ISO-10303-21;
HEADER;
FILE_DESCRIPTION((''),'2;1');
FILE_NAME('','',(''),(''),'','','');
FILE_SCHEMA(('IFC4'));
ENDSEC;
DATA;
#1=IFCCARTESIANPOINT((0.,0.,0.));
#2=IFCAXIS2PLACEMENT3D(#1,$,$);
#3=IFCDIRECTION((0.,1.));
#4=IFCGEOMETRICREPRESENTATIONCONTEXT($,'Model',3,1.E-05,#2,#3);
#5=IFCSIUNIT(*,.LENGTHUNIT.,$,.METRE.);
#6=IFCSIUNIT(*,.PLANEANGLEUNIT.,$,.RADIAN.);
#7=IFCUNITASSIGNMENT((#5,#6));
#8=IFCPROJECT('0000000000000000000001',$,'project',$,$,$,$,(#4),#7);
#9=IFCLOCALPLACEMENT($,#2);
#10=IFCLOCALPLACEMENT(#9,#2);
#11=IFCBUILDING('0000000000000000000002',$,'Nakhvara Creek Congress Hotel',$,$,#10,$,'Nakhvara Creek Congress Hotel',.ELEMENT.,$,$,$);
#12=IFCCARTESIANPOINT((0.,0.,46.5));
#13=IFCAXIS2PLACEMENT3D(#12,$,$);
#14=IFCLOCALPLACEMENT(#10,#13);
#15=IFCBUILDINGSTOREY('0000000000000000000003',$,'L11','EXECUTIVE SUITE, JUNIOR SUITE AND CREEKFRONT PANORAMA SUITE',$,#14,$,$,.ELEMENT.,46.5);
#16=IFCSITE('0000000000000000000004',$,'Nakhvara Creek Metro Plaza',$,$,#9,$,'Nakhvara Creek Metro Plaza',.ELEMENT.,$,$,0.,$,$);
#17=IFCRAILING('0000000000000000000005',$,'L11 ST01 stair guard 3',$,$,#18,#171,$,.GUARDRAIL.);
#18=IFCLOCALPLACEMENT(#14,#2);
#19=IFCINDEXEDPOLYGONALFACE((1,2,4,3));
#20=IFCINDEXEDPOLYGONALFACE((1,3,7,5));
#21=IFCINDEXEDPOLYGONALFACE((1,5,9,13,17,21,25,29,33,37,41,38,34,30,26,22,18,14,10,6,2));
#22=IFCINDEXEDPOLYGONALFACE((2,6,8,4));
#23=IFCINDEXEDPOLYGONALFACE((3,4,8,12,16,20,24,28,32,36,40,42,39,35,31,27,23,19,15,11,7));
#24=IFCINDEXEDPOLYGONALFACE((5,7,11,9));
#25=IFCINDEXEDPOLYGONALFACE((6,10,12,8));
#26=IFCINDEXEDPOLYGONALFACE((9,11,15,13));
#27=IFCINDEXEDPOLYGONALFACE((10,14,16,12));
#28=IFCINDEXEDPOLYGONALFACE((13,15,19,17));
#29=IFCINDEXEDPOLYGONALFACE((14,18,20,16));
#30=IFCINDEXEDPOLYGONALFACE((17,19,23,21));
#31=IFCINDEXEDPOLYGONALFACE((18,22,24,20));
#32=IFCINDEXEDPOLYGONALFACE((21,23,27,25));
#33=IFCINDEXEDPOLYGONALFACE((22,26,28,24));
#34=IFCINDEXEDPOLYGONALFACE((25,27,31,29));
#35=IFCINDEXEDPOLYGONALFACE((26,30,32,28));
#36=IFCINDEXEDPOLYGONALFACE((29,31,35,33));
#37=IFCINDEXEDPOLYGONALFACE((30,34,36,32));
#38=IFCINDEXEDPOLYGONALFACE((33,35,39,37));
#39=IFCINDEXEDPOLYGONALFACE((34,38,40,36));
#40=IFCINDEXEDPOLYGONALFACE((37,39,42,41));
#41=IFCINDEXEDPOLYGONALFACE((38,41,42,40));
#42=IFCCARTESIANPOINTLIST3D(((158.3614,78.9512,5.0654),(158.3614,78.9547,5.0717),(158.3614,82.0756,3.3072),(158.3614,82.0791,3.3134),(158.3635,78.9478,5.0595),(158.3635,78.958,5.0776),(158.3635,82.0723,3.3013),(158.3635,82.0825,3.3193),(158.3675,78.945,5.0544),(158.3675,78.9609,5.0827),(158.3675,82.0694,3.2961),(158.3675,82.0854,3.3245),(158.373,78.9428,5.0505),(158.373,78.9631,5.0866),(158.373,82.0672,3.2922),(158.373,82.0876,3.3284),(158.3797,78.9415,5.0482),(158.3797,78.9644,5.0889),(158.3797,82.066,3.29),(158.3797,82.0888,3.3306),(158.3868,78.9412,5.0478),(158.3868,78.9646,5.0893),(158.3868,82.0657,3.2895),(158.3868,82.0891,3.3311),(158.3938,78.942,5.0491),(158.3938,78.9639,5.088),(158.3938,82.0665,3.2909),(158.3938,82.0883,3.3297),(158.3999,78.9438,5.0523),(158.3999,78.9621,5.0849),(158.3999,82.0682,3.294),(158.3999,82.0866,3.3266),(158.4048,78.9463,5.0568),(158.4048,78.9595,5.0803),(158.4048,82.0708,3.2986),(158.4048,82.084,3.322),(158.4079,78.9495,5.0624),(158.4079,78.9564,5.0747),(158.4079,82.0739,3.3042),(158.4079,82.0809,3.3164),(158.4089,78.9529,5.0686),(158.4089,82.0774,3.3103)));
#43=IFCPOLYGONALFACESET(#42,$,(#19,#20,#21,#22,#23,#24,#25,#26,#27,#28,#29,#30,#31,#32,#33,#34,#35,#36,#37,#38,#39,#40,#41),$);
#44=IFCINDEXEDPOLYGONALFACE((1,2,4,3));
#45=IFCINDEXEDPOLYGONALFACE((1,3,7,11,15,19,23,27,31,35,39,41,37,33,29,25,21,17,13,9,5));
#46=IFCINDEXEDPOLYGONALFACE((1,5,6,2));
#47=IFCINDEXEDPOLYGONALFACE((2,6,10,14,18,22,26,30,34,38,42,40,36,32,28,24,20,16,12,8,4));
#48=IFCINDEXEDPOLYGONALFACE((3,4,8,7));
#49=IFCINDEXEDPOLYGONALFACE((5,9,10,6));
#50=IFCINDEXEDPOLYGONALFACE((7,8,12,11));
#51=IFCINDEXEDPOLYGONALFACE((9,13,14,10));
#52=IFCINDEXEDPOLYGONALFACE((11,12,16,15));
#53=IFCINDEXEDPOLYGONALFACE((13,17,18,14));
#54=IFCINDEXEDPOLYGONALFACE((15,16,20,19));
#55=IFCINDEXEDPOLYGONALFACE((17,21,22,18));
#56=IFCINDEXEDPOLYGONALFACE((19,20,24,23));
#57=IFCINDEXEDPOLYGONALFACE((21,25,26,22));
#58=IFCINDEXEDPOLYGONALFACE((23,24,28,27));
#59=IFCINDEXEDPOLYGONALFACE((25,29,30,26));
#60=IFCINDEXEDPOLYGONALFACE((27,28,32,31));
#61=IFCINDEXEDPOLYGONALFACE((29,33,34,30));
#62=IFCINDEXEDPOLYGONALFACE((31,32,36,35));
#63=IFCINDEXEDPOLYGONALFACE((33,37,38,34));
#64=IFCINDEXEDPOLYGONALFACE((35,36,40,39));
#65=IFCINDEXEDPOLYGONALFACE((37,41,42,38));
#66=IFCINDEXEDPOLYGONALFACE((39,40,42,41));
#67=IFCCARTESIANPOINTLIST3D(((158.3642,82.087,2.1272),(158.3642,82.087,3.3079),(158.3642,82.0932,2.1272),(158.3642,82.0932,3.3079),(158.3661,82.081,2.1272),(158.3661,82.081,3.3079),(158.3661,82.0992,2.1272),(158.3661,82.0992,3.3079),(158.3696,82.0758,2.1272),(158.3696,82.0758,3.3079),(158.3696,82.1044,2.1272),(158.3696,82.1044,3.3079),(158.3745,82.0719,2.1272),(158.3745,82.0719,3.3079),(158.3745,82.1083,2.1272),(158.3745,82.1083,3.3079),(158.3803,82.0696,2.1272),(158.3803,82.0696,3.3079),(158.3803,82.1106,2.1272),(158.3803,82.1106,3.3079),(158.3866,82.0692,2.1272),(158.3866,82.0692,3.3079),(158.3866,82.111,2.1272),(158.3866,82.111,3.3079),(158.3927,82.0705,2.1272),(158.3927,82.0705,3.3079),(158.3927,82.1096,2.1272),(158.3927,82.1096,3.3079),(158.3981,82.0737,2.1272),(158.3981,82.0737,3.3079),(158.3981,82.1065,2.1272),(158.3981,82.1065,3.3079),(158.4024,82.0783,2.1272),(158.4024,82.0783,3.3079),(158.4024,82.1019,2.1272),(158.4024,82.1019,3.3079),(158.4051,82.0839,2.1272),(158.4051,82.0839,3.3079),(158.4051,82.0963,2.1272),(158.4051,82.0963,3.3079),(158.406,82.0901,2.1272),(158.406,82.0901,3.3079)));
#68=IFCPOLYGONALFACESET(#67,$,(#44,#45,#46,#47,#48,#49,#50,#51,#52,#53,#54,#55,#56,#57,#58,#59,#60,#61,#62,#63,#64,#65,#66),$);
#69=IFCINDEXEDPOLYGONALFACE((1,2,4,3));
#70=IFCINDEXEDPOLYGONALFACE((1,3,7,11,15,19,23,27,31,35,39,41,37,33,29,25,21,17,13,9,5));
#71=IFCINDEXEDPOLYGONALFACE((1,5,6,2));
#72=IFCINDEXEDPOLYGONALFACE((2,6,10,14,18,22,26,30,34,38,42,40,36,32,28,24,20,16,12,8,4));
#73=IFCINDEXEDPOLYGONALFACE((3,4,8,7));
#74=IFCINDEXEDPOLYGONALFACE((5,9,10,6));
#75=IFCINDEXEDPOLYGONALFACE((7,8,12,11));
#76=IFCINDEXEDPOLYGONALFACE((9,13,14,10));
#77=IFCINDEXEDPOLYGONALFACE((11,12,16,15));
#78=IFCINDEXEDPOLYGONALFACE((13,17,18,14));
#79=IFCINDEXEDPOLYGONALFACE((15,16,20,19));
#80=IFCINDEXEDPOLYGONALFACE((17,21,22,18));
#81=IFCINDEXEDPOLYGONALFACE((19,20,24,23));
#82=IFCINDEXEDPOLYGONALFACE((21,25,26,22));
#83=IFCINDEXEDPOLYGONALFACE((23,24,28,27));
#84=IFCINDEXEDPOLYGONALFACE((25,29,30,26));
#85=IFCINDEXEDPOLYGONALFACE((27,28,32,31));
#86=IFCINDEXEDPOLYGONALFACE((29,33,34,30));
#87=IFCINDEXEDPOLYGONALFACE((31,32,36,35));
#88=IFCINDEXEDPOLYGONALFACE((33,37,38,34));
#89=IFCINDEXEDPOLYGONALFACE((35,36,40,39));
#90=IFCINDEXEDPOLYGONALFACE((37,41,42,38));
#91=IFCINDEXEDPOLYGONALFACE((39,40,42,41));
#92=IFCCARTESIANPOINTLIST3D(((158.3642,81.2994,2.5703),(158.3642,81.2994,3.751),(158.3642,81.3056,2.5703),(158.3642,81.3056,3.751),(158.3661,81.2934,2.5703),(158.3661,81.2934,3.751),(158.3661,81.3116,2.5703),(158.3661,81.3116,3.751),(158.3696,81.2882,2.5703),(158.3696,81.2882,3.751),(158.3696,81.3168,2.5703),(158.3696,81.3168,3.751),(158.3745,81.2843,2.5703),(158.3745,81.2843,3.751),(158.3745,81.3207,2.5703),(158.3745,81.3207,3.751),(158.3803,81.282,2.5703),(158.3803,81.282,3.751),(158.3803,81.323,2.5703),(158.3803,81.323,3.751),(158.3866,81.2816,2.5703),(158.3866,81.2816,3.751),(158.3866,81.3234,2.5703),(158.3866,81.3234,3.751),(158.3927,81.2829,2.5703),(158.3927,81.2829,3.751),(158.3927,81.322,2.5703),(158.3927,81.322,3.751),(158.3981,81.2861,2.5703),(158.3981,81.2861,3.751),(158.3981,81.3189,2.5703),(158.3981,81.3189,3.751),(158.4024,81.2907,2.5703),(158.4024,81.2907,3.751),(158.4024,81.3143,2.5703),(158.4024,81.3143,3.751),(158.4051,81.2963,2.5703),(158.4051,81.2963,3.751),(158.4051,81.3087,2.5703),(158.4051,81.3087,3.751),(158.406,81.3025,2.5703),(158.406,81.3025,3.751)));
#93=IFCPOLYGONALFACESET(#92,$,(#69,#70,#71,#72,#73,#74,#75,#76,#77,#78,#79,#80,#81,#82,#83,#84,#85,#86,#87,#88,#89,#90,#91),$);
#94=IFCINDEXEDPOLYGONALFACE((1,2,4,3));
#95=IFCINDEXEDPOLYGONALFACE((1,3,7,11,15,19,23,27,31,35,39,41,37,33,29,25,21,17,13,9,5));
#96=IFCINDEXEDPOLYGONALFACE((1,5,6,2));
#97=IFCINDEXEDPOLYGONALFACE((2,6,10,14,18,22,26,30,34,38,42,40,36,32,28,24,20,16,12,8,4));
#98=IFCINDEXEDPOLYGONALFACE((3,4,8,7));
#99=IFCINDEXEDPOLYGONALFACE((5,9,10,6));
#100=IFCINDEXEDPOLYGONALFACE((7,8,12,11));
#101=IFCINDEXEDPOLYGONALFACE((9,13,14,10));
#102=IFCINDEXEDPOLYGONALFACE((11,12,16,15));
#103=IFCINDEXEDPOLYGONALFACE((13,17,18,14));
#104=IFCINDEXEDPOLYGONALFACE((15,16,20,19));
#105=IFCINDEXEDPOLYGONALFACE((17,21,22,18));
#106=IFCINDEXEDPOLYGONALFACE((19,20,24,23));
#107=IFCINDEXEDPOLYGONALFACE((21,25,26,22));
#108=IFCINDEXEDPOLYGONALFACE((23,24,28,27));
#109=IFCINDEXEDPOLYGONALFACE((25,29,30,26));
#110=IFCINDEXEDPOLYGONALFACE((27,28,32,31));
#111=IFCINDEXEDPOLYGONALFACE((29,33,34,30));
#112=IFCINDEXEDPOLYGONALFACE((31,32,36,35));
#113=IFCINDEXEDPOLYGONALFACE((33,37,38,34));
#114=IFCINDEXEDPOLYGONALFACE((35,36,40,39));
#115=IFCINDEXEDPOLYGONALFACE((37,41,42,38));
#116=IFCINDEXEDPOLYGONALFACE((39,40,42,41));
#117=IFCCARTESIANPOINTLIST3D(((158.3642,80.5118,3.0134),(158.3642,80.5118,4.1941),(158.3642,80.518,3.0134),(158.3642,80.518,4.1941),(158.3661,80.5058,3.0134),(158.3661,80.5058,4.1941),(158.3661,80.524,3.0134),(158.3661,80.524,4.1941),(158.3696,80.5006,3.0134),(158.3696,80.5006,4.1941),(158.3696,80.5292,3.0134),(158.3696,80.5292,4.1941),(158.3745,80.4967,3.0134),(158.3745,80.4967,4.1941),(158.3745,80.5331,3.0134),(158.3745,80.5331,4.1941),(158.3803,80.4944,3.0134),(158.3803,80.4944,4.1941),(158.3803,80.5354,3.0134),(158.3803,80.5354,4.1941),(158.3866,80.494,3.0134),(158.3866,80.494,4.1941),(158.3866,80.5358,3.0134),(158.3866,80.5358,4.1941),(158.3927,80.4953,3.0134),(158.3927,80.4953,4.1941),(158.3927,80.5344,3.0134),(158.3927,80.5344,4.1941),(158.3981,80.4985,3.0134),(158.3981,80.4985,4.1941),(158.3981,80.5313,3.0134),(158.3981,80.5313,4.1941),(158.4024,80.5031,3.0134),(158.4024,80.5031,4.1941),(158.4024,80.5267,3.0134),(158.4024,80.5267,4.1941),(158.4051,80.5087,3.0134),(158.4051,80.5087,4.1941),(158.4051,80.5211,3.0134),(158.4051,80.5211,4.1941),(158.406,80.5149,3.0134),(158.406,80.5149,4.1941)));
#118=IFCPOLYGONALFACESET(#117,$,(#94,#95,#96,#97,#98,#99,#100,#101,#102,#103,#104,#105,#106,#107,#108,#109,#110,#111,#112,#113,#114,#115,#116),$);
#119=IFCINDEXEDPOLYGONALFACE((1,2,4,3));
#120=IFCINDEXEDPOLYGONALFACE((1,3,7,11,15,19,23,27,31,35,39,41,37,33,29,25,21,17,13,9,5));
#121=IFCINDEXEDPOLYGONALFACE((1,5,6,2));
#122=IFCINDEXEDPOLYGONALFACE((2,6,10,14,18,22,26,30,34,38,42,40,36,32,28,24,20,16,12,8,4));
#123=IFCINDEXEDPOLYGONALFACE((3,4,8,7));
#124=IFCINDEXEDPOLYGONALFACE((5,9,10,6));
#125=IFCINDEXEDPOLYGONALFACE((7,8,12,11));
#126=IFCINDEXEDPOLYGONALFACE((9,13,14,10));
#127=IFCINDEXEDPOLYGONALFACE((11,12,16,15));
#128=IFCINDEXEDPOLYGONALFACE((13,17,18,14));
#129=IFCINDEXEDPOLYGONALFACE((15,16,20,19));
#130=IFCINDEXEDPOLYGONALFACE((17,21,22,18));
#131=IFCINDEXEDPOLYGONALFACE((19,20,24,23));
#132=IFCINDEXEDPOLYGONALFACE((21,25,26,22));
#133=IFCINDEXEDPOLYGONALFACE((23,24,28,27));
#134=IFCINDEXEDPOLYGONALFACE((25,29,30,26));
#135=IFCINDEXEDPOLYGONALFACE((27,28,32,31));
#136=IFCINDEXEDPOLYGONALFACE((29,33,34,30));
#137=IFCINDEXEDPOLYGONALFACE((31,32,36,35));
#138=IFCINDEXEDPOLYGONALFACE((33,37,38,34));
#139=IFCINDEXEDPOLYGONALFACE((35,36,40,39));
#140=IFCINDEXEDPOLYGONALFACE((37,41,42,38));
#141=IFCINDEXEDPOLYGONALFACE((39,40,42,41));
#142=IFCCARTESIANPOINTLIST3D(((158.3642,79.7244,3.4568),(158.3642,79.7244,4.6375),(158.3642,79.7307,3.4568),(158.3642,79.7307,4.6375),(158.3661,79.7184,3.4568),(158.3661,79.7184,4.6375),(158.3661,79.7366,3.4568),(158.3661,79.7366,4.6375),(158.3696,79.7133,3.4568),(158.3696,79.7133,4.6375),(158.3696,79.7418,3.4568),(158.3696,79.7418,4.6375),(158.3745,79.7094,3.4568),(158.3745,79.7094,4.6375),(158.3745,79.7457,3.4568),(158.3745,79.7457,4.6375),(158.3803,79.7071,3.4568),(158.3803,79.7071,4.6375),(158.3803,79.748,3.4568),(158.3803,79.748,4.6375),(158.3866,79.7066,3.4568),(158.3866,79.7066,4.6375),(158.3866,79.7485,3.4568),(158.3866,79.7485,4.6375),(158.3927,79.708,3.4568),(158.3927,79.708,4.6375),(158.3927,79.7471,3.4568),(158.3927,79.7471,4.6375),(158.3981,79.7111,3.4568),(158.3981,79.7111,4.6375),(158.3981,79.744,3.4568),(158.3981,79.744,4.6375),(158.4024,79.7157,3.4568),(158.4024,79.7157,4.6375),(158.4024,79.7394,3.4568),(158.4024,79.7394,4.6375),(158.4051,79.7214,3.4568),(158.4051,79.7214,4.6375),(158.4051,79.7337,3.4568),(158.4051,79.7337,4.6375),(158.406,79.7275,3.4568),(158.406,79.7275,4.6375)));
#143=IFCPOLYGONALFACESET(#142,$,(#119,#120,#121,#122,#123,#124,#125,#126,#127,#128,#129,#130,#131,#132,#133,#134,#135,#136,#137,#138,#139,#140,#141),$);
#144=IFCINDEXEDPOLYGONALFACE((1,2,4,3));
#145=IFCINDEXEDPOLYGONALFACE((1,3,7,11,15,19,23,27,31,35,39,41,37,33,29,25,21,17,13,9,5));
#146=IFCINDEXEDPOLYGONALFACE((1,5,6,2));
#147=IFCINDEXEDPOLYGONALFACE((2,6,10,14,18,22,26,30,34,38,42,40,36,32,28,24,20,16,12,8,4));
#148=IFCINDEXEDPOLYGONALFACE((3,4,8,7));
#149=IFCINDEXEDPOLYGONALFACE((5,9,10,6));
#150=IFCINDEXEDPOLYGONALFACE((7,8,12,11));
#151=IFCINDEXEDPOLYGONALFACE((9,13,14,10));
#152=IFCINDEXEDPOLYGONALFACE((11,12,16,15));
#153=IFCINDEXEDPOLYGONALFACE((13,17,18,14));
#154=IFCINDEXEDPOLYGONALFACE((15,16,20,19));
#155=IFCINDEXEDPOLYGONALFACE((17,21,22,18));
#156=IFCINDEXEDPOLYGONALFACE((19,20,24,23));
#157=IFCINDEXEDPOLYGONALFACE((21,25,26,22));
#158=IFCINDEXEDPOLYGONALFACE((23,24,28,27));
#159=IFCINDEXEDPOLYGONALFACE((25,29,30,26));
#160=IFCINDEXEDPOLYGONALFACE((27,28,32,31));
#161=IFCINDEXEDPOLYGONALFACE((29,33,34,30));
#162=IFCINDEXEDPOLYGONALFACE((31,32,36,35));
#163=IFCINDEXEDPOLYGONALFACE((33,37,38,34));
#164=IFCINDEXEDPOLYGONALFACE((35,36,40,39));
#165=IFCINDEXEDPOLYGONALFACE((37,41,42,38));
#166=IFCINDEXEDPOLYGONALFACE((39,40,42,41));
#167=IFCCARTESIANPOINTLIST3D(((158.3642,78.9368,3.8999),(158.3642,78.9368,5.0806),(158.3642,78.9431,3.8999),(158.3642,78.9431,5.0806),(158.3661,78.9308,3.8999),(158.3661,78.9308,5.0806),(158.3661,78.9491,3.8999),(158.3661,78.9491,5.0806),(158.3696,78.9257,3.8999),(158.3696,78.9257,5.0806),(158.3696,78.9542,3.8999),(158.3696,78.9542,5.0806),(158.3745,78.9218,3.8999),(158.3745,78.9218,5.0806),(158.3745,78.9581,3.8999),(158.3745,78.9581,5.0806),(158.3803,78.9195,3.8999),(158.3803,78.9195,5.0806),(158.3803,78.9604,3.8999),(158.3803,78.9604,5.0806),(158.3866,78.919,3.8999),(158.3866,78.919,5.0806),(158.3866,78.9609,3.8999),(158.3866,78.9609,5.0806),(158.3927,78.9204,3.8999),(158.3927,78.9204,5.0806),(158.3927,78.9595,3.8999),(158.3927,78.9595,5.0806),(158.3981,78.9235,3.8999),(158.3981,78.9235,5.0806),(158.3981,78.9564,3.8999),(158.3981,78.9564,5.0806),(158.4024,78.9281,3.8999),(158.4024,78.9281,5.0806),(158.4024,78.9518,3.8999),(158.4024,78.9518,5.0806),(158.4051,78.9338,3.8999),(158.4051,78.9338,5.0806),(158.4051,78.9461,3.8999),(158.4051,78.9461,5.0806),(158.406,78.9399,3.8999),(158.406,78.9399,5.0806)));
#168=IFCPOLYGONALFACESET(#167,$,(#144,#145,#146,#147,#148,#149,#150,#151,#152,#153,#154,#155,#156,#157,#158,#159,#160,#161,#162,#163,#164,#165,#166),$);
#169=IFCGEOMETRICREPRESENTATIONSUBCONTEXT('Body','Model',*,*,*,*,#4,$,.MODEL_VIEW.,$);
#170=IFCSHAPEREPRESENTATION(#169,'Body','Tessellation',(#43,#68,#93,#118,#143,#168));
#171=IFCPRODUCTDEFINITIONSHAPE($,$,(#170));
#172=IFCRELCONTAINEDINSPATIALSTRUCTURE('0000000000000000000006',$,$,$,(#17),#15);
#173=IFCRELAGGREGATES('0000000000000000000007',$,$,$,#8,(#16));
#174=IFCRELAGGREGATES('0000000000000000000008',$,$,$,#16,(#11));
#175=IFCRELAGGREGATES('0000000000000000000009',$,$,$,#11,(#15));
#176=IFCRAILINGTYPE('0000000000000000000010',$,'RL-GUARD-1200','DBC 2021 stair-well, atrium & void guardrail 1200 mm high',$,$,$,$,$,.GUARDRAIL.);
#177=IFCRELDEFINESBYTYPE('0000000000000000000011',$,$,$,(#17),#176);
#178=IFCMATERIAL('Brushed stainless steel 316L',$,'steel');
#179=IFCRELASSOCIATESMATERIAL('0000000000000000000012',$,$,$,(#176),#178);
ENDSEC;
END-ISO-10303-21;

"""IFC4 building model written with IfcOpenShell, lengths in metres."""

from ifc_helpers import new_model, si_unit, direction, frame, origin, origin_2d, place, context, subcontext, project, spatial, circle, extrude, material, type_object, element, save


model = new_model("IFC4")

# Units and contexts
model_context = context("Model", 3, precision=1e-05, world=origin(), true_north=direction((0.0, 1.0)))
body_context = subcontext(model_context, "Body", "Model", "MODEL_VIEW")
ifc_project = project(units=[si_unit("LENGTHUNIT", "METRE"), si_unit("PLANEANGLEUNIT", "RADIAN")], contexts=[model_context])

# Site, building, storey
site_placement = place(None, origin())
site = spatial("IfcSite", under=ifc_project, at=site_placement, Name="Nakhvara Creek Metro Plaza", LongName="Nakhvara Creek Metro Plaza", CompositionType="ELEMENT", RefElevation=0.0)
building_placement = place(site_placement, origin())
building = spatial("IfcBuilding", under=site, at=building_placement, Name="Nakhvara Creek Congress Hotel", LongName="Nakhvara Creek Congress Hotel", CompositionType="ELEMENT")
storey_placement = place(building_placement, frame((0.0, 0.0, 46.5)))
storey = spatial("IfcBuildingStorey", under=building, at=storey_placement, Name="L11", Description="EXECUTIVE SUITE, JUNIOR SUITE AND CREEKFRONT PANORAMA SUITE", CompositionType="ELEMENT", Elevation=46.5)

# Railing
ifc_material_1 = material(Name="Brushed stainless steel 316L", Category="steel")
railing_type_1 = type_object("IfcRailingType", Name="RL-GUARD-1200", Description="DBC 2021 stair-well, atrium & void guardrail 1200 mm high", PredefinedType="GUARDRAIL", material=ifc_material_1)
railing_1_placement = place(storey_placement, frame((158.385, 82.0901, 2.1272)))
element("IfcRailing", 1, at=railing_1_placement, inside=storey, type_object=railing_type_1, Name="L11 ST01 stair guard 3", PredefinedType="GUARDRAIL", context=body_context, shape_type="SweptSolid", body=[
    extrude(circle(Radius=0.0239, at=origin_2d()), frame((0.0, -0.0127, 1.1831), z_axis=(0.0, -0.871487, 0.490418), x_axis=(1.0, 0.0, 0.0)), (0.0, 0.0, 1.0), 3.5852),
    extrude(circle(Radius=0.021, at=origin_2d()), origin(), (0.0, 0.0, 1.0), 1.1807),
    extrude(circle(Radius=0.021, at=origin_2d()), frame((0.0, -0.7876, 0.4431)), (0.0, 0.0, 1.0), 1.1807),
    extrude(circle(Radius=0.021, at=origin_2d()), frame((0.0, -1.5752, 0.8862)), (0.0, 0.0, 1.0), 1.1807),
    extrude(circle(Radius=0.021, at=origin_2d()), frame((0.0, -2.3625, 1.3296)), (0.0, 0.0, 1.0), 1.1807),
    extrude(circle(Radius=0.021, at=origin_2d()), frame((0.0, -3.1501, 1.7727)), (0.0, 0.0, 1.0), 1.1807),
])

save(model, "model.ifc")
